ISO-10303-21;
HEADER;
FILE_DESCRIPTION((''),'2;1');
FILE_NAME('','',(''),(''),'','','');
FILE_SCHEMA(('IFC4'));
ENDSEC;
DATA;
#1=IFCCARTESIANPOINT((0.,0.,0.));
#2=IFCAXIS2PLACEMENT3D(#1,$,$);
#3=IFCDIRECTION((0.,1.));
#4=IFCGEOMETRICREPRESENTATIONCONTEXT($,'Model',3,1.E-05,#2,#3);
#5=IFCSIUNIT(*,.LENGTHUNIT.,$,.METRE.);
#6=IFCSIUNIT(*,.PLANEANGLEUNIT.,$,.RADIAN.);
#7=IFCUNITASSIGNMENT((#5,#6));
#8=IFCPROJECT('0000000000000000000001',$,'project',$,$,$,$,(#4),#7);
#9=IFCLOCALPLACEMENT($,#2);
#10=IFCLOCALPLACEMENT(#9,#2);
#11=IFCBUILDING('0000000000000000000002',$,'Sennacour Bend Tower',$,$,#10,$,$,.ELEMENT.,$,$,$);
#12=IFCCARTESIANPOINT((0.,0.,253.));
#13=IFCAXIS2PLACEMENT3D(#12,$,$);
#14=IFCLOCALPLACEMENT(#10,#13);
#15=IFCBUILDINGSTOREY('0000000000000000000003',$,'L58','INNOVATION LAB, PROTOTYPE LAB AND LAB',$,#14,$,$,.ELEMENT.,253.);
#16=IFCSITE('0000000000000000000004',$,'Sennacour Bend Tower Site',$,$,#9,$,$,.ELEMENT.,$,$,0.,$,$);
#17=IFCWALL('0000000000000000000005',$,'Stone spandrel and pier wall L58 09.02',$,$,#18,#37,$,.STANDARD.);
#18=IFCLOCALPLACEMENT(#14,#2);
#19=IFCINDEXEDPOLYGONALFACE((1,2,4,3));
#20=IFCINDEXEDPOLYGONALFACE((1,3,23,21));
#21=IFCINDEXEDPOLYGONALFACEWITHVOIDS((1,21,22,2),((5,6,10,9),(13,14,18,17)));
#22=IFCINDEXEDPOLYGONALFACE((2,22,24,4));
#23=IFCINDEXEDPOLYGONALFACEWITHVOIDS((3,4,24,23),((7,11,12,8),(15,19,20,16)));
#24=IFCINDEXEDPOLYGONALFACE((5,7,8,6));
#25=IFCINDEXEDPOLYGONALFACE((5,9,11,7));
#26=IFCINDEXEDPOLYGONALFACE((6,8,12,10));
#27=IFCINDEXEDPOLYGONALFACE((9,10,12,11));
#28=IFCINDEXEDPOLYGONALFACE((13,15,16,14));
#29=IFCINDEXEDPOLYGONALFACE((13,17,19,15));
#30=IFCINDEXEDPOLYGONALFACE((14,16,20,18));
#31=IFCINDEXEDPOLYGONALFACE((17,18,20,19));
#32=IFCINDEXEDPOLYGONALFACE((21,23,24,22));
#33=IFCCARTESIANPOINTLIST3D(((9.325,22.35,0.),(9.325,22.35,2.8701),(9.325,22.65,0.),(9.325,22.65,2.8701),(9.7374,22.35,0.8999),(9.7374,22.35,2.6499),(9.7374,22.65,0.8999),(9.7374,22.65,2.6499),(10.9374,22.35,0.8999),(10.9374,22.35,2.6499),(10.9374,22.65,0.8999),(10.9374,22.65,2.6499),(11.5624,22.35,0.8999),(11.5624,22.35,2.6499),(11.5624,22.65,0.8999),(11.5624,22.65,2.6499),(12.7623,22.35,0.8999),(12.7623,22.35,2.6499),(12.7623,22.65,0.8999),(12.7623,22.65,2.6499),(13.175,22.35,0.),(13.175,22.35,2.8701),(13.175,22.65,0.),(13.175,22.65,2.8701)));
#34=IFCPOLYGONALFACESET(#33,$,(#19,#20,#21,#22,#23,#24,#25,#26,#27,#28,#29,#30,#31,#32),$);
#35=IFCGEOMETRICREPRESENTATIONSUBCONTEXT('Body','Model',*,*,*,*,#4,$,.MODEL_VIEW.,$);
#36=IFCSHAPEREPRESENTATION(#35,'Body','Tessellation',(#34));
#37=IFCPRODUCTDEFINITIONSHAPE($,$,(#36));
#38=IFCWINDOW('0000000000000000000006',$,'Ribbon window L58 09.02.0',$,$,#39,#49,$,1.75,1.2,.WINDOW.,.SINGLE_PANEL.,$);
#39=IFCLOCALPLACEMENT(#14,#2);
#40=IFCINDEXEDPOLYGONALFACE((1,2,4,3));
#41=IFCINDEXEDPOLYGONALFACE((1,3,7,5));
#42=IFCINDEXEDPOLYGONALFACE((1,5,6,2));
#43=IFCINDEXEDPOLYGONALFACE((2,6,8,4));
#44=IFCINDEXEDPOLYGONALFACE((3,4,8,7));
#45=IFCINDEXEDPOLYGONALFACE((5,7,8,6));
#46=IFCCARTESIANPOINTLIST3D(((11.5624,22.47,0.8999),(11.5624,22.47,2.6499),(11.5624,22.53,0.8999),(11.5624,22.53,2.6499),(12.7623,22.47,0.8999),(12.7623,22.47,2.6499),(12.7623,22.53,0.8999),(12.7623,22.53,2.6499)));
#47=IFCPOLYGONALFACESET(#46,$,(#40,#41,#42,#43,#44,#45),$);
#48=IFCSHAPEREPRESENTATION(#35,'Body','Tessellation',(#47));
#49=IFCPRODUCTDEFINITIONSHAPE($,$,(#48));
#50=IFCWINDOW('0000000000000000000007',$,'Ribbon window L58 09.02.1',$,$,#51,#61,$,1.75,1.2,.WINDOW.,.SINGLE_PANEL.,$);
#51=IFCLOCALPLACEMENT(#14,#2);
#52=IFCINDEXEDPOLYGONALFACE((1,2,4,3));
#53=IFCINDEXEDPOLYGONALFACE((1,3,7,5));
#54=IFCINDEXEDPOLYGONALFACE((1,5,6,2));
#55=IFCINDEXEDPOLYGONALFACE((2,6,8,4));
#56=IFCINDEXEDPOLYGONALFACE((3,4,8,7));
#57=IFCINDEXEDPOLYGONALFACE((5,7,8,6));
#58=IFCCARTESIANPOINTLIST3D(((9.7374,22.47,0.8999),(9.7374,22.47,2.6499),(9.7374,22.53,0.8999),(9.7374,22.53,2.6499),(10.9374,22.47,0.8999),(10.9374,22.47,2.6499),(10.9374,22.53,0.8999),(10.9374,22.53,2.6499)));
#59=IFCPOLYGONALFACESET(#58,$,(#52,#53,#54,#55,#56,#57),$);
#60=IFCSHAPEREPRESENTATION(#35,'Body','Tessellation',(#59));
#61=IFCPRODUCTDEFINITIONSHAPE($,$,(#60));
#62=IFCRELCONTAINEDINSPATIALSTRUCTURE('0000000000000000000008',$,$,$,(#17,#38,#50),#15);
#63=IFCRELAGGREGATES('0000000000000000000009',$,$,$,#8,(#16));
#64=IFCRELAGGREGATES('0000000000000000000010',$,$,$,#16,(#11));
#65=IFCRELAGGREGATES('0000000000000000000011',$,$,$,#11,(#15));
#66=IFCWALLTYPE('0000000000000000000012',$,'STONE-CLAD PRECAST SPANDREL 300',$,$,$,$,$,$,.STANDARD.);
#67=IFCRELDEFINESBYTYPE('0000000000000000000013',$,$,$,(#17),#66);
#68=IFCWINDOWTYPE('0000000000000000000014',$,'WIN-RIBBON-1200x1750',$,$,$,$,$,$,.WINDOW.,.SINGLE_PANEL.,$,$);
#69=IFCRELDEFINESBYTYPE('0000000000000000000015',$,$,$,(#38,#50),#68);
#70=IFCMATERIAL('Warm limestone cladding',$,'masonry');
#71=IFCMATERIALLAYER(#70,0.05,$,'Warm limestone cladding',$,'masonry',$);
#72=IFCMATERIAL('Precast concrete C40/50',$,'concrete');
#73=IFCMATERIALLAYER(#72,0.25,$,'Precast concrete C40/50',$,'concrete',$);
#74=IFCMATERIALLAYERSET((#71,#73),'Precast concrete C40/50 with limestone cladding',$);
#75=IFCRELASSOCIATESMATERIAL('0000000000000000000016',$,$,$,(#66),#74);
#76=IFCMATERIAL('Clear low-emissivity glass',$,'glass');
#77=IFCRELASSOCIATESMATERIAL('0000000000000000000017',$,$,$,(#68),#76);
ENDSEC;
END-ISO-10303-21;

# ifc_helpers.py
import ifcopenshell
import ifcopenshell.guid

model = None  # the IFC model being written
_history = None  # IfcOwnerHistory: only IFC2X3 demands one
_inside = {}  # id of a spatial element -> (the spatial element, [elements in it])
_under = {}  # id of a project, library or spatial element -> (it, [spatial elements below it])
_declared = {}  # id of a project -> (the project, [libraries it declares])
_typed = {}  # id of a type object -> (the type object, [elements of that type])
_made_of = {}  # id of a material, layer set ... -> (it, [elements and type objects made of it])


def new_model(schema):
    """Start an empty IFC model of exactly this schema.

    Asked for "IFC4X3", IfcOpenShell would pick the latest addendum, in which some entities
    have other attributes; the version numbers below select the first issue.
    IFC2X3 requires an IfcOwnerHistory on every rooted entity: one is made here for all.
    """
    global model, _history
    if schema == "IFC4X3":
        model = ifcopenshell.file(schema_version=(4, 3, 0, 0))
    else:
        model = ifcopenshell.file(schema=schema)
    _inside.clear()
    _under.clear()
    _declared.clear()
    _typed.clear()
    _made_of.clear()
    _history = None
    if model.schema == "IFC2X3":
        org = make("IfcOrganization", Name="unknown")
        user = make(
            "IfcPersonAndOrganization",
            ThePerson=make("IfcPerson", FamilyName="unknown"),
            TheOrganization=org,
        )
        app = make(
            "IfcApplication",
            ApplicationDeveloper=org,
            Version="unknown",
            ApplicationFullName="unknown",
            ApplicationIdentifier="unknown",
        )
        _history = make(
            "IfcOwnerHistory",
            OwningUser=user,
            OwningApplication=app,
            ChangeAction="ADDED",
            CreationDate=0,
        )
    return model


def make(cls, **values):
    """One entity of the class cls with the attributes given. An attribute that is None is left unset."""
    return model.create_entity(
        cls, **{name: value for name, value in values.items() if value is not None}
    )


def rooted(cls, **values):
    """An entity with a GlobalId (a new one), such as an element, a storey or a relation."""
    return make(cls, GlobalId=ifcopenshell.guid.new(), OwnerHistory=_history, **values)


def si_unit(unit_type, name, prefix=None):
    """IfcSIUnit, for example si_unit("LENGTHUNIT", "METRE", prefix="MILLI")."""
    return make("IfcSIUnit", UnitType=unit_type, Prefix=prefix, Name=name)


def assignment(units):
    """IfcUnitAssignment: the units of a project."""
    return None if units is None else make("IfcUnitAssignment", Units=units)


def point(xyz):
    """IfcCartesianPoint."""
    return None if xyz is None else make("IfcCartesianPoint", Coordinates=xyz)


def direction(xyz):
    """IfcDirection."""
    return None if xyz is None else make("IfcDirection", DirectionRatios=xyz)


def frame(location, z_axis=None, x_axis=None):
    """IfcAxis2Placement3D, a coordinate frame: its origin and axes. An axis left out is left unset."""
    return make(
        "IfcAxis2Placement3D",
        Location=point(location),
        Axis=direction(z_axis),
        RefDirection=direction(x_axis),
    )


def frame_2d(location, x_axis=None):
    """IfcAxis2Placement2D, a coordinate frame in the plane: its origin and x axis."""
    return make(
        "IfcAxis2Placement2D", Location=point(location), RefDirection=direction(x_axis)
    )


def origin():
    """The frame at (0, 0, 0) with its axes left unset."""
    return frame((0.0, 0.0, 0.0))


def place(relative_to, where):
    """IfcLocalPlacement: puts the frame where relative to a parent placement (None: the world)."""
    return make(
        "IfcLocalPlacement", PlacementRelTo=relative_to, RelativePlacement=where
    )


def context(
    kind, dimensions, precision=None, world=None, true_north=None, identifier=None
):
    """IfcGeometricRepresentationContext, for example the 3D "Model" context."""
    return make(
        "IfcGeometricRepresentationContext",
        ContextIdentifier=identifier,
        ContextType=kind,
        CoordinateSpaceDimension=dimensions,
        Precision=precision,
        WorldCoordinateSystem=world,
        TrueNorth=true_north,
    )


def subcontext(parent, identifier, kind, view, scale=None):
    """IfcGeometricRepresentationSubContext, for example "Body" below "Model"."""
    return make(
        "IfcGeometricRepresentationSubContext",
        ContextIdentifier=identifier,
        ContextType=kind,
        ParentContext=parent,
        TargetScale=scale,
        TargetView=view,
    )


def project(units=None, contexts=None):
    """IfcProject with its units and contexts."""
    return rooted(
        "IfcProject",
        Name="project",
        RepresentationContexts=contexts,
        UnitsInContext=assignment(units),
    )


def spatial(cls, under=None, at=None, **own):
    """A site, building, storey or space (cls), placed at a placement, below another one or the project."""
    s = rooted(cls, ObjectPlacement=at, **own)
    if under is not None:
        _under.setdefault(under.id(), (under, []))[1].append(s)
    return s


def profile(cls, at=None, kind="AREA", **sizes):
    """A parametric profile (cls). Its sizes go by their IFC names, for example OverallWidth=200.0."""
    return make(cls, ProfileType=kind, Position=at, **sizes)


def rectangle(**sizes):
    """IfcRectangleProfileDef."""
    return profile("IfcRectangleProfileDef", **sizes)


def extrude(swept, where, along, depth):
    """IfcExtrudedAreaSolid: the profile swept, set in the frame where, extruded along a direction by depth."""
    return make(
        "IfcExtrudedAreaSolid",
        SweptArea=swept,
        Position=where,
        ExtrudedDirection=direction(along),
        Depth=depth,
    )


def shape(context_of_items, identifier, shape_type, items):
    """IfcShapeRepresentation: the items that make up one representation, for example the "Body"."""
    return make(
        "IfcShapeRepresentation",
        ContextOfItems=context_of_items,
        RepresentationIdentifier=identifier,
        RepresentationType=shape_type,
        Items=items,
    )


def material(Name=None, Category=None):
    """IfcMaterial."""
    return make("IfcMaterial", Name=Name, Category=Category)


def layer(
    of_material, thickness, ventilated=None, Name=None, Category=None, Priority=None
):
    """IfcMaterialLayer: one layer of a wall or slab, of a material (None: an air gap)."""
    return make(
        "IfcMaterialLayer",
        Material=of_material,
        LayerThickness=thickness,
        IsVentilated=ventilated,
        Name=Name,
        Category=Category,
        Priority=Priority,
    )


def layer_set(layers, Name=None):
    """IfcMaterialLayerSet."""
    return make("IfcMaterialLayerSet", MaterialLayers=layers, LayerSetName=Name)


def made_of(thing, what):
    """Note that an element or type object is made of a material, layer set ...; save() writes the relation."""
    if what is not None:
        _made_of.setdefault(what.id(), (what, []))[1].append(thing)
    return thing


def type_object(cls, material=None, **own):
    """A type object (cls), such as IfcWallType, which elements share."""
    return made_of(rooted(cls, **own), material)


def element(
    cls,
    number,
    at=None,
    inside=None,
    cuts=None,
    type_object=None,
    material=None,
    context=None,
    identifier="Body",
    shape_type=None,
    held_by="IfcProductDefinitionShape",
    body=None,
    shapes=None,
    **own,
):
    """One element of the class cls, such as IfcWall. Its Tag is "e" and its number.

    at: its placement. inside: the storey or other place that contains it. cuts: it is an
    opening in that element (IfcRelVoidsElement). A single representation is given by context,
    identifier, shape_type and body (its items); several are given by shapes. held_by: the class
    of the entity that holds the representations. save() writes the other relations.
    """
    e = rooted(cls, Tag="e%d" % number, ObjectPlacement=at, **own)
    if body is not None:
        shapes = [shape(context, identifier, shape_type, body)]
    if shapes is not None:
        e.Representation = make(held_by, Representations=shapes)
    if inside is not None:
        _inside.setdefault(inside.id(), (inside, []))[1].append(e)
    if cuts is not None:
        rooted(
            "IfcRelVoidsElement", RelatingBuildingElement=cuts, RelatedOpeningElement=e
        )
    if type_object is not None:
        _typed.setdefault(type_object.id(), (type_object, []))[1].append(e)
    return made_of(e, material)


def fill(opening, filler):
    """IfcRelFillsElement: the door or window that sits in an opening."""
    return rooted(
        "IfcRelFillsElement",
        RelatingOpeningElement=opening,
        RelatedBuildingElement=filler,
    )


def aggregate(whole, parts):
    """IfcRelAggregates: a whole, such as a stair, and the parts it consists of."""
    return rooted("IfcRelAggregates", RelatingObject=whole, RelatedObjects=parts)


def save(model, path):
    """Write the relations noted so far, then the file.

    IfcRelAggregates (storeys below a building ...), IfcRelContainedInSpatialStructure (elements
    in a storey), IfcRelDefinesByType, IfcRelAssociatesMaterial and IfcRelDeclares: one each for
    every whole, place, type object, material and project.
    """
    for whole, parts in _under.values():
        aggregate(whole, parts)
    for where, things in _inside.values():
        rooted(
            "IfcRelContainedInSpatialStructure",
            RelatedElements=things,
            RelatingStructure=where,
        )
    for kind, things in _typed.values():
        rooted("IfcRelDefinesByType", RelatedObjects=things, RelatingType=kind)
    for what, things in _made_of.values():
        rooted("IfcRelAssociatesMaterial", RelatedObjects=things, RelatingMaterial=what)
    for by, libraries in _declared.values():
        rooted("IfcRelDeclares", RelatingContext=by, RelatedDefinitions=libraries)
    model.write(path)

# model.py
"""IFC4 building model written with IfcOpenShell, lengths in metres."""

from ifc_helpers import new_model, si_unit, direction, frame, frame_2d, origin, place, context, subcontext, project, spatial, rectangle, extrude, material, layer, layer_set, type_object, element, fill, save


model = new_model("IFC4")

# Units and contexts
model_context = context("Model", 3, precision=1e-05, world=origin(), true_north=direction((0.0, 1.0)))
body_context = subcontext(model_context, "Body", "Model", "MODEL_VIEW")
ifc_project = project(units=[si_unit("LENGTHUNIT", "METRE"), si_unit("PLANEANGLEUNIT", "RADIAN")], contexts=[model_context])

# Site, building, storey
site_placement = place(None, origin())
site = spatial("IfcSite", under=ifc_project, at=site_placement, Name="Sennacour Bend Tower Site", CompositionType="ELEMENT", RefElevation=0.0)
building_placement = place(site_placement, origin())
building = spatial("IfcBuilding", under=site, at=building_placement, Name="Sennacour Bend Tower", CompositionType="ELEMENT")
storey_placement = place(building_placement, frame((0.0, 0.0, 253.0)))
storey = spatial("IfcBuildingStorey", under=building, at=storey_placement, Name="L58", Description="INNOVATION LAB, PROTOTYPE LAB AND LAB", CompositionType="ELEMENT", Elevation=253.0)

# Wall, openings, windows
ifc_material_1 = material(Name="Warm limestone cladding", Category="masonry")
ifc_layer_1 = layer(ifc_material_1, 0.05, Name="Warm limestone cladding", Category="masonry")
ifc_material_2 = material(Name="Precast concrete C40/50", Category="concrete")
ifc_layer_2 = layer(ifc_material_2, 0.25, Name="Precast concrete C40/50", Category="concrete")
ifc_layer_set_1 = layer_set([ifc_layer_1, ifc_layer_2], Name="Precast concrete C40/50 with limestone cladding")
wall_type_1 = type_object("IfcWallType", Name="STONE-CLAD PRECAST SPANDREL 300", PredefinedType="STANDARD", material=ifc_layer_set_1)
ifc_material_3 = material(Name="Clear low-emissivity glass", Category="glass")
window_type = type_object("IfcWindowType", Name="WIN-RIBBON-1200x1750", PartitioningType="SINGLE_PANEL", PredefinedType="WINDOW", material=ifc_material_3)
wall_1_placement = place(storey_placement, frame((13.175, 22.5, 0.0), z_axis=(0.0, 0.0, 1.0), x_axis=(-1.0, 0.0, 0.0)))
wall_1 = element("IfcWall", 1, at=wall_1_placement, inside=storey, type_object=wall_type_1, Name="Stone spandrel and pier wall L58 09.02", PredefinedType="STANDARD", context=body_context, shape_type="SweptSolid", body=[
    extrude(rectangle(XDim=3.8501, YDim=0.3, at=frame_2d((1.925, 0.0))), origin(), (0.0, 0.0, 1.0), 2.8701),
])
opening_1_placement = place(wall_1_placement, frame((0.4126, 0.0, 0.8999)))
opening_1 = element("IfcOpeningElement", 2, at=opening_1_placement, cuts=wall_1, PredefinedType="OPENING", context=body_context, shape_type="SweptSolid", body=[
    extrude(rectangle(XDim=1.2, YDim=1.75, at=frame_2d((0.6001, 0.875))), frame((0.0, 0.1602, 0.0), z_axis=(0.0, -1.0, 0.0), x_axis=(1.0, 0.0, 0.0)), (0.0, 0.0, 1.0), 0.3201),
])
opening_2_placement = place(wall_1_placement, frame((2.2375, 0.0, 0.8999)))
opening_2 = element("IfcOpeningElement", 3, at=opening_2_placement, cuts=wall_1, PredefinedType="OPENING", context=body_context, shape_type="SweptSolid", body=[
    extrude(rectangle(XDim=1.2, YDim=1.75, at=frame_2d((0.6001, 0.875))), frame((0.0, 0.1602, 0.0), z_axis=(0.0, -1.0, 0.0), x_axis=(1.0, 0.0, 0.0)), (0.0, 0.0, 1.0), 0.3201),
])
window_1_placement = place(opening_1_placement, origin())
window_1 = element("IfcWindow", 4, at=window_1_placement, inside=storey, type_object=window_type, Name="Ribbon window L58 09.02.0", OverallHeight=1.75, OverallWidth=1.2, PartitioningType="SINGLE_PANEL", PredefinedType="WINDOW", context=body_context, shape_type="SweptSolid", body=[
    extrude(rectangle(XDim=1.2, YDim=1.75, at=frame_2d((0.6001, 0.875))), frame((0.0, 0.03, 0.0), z_axis=(0.0, -1.0, 0.0), x_axis=(1.0, 0.0, 0.0)), (0.0, 0.0, 1.0), 0.0601),
])
fill(opening_1, window_1)
window_2_placement = place(opening_2_placement, origin())
window_2 = element("IfcWindow", 5, at=window_2_placement, inside=storey, type_object=window_type, Name="Ribbon window L58 09.02.1", OverallHeight=1.75, OverallWidth=1.2, PartitioningType="SINGLE_PANEL", PredefinedType="WINDOW", context=body_context, shape_type="SweptSolid", body=[
    extrude(rectangle(XDim=1.2, YDim=1.75, at=frame_2d((0.6001, 0.875))), frame((0.0, 0.03, 0.0), z_axis=(0.0, -1.0, 0.0), x_axis=(1.0, 0.0, 0.0)), (0.0, 0.0, 1.0), 0.0601),
])
fill(opening_2, window_2)

save(model, "model.ifc")
